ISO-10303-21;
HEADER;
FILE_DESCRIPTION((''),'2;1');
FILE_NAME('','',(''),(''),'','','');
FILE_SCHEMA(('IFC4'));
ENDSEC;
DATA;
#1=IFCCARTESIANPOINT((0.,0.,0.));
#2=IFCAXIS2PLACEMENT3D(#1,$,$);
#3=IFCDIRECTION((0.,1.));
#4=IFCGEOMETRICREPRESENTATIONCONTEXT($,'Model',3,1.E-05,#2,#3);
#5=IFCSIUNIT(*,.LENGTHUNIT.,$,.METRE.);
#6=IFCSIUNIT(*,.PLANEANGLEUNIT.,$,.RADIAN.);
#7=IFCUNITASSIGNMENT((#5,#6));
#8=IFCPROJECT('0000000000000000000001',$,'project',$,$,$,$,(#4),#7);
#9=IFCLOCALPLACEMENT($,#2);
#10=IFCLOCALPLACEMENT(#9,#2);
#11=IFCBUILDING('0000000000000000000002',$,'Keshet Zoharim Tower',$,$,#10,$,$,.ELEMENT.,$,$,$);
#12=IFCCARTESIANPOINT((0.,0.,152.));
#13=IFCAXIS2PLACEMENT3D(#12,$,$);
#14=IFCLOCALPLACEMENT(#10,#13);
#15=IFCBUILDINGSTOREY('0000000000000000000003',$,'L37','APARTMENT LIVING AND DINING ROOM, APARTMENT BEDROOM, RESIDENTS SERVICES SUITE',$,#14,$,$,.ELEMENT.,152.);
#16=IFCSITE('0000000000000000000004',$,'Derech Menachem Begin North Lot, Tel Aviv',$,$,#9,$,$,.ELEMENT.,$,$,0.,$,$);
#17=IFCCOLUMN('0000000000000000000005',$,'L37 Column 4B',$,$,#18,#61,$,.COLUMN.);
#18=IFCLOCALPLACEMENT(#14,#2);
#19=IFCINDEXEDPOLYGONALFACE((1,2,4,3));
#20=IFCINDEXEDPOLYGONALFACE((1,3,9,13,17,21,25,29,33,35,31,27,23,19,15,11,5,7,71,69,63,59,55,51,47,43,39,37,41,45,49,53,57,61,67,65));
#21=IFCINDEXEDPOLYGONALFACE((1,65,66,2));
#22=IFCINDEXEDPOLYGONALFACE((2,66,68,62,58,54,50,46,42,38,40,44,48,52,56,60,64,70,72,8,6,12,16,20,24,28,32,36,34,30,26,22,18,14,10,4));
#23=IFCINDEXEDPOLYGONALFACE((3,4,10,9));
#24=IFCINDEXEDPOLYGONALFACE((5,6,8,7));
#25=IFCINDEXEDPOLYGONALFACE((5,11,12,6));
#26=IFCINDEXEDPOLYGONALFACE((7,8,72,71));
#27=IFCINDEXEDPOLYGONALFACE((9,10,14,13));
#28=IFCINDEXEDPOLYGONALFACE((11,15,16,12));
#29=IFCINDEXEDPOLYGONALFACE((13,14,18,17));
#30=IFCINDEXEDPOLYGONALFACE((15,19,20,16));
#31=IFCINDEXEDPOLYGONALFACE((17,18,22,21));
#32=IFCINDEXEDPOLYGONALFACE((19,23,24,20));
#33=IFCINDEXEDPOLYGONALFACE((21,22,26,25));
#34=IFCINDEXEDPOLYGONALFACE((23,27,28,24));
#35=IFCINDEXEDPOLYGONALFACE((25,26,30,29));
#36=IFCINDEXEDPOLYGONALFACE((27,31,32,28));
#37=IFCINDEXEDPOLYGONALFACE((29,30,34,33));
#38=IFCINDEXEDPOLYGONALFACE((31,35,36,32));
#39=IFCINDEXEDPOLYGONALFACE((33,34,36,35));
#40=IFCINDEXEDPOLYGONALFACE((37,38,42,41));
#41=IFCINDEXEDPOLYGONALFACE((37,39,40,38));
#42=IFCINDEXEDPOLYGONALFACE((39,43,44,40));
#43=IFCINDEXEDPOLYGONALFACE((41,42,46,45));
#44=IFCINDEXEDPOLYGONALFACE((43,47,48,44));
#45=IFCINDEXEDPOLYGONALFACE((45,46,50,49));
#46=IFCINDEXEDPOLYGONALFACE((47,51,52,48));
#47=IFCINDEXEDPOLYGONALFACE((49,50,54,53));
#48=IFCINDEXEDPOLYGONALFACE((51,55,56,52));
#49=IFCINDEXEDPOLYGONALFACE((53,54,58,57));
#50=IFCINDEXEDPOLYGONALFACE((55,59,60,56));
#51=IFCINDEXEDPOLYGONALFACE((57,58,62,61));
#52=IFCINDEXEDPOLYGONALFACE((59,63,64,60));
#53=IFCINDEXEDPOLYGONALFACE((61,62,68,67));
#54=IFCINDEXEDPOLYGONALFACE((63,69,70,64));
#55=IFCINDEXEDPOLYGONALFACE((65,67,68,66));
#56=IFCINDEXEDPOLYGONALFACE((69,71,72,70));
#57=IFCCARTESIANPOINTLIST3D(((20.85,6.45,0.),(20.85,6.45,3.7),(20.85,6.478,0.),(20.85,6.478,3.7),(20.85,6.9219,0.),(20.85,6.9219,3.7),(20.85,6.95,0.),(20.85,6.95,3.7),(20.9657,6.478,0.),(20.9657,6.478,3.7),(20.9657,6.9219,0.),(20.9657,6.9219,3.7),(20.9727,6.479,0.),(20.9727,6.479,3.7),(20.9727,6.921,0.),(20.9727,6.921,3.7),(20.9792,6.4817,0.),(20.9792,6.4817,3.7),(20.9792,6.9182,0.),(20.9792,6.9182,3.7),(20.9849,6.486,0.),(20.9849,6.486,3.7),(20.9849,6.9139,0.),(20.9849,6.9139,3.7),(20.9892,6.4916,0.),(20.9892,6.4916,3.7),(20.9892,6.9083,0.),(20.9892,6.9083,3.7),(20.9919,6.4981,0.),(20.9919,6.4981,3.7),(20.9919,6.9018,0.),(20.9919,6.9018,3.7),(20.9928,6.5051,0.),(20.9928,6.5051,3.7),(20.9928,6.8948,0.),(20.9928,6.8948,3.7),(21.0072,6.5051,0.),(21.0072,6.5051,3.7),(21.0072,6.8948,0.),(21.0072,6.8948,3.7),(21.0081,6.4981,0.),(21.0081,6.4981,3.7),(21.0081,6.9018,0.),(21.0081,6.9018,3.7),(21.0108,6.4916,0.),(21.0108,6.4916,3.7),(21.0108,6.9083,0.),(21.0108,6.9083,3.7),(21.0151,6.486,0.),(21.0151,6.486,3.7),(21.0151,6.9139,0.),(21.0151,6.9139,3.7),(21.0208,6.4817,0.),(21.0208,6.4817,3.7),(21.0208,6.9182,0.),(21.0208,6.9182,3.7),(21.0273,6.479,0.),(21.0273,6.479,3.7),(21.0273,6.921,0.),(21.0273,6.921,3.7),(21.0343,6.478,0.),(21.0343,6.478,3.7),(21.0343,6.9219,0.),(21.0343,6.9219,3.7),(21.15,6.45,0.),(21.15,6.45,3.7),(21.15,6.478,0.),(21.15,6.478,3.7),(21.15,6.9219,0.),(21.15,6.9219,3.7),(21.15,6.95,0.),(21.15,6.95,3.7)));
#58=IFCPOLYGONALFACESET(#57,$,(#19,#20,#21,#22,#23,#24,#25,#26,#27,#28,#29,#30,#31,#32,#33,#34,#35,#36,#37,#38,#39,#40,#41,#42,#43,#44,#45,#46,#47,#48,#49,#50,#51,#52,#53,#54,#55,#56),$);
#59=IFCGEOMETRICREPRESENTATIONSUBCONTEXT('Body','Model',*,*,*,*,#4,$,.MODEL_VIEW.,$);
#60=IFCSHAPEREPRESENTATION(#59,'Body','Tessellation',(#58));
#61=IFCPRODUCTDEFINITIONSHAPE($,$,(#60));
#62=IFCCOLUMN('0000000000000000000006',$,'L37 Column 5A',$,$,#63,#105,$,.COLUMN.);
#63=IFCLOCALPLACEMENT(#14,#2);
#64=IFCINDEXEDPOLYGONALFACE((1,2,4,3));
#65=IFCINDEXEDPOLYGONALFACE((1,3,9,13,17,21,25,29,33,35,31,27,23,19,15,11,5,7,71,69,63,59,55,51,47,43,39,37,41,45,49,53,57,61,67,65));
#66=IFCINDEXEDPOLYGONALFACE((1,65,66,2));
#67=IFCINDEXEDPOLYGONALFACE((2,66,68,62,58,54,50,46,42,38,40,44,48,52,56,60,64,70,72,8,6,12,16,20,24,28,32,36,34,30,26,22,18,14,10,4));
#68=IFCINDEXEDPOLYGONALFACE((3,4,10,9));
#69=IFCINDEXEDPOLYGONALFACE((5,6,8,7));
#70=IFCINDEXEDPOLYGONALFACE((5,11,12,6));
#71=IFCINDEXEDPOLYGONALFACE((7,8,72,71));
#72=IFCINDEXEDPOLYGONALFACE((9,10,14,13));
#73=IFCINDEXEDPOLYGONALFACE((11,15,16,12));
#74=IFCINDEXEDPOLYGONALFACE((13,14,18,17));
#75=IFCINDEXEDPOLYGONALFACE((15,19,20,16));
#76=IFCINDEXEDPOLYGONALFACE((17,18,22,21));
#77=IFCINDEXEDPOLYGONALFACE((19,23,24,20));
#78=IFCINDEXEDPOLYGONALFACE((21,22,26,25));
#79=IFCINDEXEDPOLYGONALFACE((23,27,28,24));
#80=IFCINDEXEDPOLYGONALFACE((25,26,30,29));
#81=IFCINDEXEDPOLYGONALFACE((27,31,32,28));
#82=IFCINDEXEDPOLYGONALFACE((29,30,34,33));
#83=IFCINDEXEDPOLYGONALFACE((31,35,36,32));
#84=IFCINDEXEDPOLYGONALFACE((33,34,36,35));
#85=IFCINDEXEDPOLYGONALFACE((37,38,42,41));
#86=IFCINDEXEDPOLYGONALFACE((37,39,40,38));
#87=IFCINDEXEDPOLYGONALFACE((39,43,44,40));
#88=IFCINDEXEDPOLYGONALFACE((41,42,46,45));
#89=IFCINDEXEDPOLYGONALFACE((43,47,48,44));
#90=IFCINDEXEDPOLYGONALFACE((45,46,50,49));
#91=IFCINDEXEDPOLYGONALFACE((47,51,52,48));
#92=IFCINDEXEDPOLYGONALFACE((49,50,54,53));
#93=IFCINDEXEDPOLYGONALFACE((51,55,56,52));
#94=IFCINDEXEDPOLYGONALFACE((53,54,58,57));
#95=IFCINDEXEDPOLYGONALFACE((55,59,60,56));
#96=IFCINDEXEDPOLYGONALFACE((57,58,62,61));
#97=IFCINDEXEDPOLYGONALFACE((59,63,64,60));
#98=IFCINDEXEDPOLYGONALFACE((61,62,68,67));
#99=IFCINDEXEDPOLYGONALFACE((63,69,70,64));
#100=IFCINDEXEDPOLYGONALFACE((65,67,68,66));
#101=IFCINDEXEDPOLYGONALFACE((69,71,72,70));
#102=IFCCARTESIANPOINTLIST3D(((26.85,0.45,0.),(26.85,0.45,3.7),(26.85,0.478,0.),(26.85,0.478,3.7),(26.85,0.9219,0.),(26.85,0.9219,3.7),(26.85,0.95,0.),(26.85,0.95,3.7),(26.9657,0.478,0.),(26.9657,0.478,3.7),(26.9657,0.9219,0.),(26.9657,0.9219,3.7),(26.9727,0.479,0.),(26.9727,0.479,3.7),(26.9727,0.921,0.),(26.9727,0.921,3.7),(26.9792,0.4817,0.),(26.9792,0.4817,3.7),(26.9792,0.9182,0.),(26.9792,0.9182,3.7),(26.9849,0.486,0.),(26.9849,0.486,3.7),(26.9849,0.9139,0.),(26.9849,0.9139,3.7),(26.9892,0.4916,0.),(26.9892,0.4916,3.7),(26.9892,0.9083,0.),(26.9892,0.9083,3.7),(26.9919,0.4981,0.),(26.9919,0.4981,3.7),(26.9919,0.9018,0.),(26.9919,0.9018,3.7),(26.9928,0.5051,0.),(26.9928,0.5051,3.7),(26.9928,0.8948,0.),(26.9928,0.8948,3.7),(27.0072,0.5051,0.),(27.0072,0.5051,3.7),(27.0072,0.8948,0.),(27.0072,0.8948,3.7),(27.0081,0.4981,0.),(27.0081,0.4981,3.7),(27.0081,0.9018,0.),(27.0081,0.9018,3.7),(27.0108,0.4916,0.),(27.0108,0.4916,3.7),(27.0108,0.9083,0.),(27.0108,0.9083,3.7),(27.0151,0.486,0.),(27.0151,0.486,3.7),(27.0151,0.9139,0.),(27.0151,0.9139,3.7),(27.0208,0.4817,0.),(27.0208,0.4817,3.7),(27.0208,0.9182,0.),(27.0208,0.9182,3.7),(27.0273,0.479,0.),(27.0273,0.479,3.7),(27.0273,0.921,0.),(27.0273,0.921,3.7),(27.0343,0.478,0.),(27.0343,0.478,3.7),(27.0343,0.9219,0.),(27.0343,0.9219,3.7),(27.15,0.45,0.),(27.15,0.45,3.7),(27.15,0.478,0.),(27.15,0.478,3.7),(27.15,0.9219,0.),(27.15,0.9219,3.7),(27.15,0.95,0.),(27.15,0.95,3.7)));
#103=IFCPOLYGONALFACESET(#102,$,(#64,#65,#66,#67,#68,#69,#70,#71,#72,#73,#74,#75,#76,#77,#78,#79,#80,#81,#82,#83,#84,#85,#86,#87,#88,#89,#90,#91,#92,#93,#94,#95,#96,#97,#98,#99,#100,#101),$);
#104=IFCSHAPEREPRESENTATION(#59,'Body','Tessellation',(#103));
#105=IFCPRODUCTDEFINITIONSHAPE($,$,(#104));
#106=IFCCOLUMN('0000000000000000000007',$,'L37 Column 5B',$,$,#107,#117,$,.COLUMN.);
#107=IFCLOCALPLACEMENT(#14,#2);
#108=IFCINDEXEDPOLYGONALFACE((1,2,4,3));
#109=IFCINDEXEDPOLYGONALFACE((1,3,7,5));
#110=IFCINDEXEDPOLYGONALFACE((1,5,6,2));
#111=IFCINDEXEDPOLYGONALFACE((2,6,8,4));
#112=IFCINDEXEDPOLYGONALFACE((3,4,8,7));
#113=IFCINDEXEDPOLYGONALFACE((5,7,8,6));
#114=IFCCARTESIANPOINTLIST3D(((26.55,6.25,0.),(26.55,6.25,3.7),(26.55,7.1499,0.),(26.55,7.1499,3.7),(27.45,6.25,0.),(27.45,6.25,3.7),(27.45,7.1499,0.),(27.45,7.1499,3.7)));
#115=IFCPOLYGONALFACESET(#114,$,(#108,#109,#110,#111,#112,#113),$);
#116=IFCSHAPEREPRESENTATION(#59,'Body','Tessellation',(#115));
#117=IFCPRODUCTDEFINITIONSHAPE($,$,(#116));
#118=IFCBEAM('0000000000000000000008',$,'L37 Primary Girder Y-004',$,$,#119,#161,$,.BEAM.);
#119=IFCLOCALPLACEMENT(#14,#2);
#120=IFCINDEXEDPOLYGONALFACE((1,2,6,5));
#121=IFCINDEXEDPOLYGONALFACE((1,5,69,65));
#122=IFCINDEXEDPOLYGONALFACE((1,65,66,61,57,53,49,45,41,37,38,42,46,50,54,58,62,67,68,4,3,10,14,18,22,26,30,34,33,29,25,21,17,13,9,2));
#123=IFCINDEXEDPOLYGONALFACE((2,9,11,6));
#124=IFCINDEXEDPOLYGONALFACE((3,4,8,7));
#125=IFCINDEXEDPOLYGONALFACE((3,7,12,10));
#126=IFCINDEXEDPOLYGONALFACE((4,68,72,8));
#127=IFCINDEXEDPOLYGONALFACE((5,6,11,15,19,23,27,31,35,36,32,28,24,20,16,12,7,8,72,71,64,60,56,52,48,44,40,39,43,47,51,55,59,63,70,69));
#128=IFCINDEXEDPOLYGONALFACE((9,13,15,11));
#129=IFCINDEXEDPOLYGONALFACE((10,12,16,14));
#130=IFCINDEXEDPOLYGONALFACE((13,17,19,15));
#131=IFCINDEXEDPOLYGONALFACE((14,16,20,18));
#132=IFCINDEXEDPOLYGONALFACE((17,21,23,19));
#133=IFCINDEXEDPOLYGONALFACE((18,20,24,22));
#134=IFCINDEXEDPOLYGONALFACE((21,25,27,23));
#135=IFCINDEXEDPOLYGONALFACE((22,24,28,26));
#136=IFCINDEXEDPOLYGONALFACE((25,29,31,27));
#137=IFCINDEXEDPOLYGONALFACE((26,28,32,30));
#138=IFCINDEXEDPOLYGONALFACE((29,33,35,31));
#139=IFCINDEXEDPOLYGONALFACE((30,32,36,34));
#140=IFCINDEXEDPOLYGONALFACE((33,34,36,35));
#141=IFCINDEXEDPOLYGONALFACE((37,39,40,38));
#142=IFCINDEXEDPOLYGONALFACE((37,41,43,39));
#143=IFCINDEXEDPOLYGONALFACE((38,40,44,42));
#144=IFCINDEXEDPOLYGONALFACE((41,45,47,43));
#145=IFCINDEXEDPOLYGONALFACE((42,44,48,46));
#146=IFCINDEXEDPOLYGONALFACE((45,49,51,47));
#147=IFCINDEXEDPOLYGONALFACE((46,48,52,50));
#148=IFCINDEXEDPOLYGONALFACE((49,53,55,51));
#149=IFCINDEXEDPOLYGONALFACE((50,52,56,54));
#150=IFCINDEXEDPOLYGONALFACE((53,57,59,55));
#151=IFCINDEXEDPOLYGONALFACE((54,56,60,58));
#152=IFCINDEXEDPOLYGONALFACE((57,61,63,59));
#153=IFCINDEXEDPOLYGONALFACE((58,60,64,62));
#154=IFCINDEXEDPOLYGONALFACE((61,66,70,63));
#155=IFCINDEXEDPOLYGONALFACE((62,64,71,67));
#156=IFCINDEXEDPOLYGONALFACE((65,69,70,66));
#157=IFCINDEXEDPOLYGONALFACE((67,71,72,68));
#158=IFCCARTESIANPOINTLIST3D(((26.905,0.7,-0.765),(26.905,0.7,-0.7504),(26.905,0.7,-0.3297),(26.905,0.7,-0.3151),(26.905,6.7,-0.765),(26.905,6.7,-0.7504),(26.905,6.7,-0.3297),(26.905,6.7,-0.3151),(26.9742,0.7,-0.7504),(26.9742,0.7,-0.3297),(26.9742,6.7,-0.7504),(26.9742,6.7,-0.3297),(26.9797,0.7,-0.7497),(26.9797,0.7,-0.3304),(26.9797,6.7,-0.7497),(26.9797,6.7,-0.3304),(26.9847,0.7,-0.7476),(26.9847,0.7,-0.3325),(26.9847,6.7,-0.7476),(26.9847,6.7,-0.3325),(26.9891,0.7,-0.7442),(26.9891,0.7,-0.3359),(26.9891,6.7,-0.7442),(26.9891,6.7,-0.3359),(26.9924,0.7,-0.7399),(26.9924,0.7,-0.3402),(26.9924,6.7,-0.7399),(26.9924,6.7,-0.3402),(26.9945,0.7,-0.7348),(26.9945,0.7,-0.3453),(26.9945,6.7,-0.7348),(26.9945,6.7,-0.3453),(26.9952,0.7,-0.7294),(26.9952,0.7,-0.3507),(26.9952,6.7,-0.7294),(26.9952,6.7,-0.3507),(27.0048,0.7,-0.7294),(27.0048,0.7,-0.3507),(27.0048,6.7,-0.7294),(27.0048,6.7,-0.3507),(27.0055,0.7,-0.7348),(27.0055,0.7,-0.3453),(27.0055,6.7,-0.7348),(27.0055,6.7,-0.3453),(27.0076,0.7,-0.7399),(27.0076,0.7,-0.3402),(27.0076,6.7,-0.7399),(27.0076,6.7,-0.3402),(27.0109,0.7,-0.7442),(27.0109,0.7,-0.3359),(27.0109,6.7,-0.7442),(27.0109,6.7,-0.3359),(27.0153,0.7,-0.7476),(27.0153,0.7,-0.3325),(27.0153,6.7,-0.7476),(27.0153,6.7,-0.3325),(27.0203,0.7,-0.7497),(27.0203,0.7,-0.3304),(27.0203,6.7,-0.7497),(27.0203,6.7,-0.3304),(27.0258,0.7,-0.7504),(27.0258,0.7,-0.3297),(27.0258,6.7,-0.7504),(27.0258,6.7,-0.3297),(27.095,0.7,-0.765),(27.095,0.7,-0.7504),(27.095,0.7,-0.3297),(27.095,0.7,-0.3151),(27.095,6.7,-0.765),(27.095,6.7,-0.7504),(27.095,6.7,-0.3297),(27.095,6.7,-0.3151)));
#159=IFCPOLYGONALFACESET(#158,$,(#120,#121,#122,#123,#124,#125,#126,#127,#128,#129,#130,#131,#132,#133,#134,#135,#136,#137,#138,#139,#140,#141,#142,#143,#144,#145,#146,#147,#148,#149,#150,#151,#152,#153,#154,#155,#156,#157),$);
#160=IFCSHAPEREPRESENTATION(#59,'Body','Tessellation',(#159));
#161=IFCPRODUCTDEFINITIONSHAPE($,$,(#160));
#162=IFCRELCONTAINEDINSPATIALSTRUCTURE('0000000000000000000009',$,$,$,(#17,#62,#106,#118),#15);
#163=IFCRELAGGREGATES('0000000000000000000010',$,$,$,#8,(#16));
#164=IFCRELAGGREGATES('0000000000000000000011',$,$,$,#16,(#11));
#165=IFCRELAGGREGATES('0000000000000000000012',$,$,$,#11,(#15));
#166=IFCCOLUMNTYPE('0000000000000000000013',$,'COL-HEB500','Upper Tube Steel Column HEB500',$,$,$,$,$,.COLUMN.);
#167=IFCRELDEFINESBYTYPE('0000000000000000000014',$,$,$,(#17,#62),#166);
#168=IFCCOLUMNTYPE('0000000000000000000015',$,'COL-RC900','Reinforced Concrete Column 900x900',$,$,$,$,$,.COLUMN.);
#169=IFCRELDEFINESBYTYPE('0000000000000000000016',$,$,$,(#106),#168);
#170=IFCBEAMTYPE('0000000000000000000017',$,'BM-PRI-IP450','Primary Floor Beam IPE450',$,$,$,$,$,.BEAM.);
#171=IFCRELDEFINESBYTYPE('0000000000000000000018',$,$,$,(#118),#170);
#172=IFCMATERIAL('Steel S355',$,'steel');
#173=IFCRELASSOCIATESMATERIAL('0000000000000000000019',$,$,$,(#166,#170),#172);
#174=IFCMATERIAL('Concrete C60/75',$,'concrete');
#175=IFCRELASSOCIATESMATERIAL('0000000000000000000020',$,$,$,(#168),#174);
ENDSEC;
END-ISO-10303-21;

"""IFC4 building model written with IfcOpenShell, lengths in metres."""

from ifc_helpers import new_model, si_unit, direction, frame, origin, origin_2d, place, context, subcontext, project, spatial, rectangle, i_section, extrude, material, material_profile, profile_set, type_object, element, save


model = new_model("IFC4")

# Units and contexts
model_context = context("Model", 3, precision=1e-05, world=origin(), true_north=direction((0.0, 1.0)))
body_context = subcontext(model_context, "Body", "Model", "MODEL_VIEW")
ifc_project = project(units=[si_unit("LENGTHUNIT", "METRE"), si_unit("PLANEANGLEUNIT", "RADIAN")], contexts=[model_context])

# Site, building, storey
site_placement = place(None, origin())
site = spatial("IfcSite", under=ifc_project, at=site_placement, Name="Derech Menachem Begin North Lot, Tel Aviv", CompositionType="ELEMENT", RefElevation=0.0)
building_placement = place(site_placement, origin())
building = spatial("IfcBuilding", under=site, at=building_placement, Name="Keshet Zoharim Tower", CompositionType="ELEMENT")
storey_placement = place(building_placement, frame((0.0, 0.0, 152.0)))
storey = spatial("IfcBuildingStorey", under=building, at=storey_placement, Name="L37", Description="APARTMENT LIVING AND DINING ROOM, APARTMENT BEDROOM, RESIDENTS SERVICES SUITE", CompositionType="ELEMENT", Elevation=152.0)

# Columns
ifc_material_1 = material(Name="Steel S355", Category="steel")
ifc_material_profile_1 = material_profile(ifc_material_1, i_section(OverallWidth=0.3, OverallDepth=0.5, WebThickness=0.0144, FlangeThickness=0.0281, FilletRadius=0.0271, at=origin_2d()), Name="HEB500")
ifc_profile_set_1 = profile_set([ifc_material_profile_1], Name="Steel S355")
column_type_1 = type_object("IfcColumnType", Name="COL-HEB500", Description="Upper Tube Steel Column HEB500", PredefinedType="COLUMN", material=ifc_profile_set_1)
for number, where, z_axis, x_axis, name in (
    (1, (21.0, 6.7, 0.0), (0.0, 0.0, 1.0), (1.0, 0.0, 0.0), "L37 Column 4B"),
    (2, (27.0, 0.7, 0.0), (0.0, 0.0, 1.0), (1.0, 0.0, 0.0), "L37 Column 5A"),
):
    element("IfcColumn", number, at=place(storey_placement, frame(where, z_axis=z_axis, x_axis=x_axis)), inside=storey, type_object=column_type_1, Name=name, PredefinedType="COLUMN", context=body_context, shape_type="SweptSolid", body=[
        extrude(i_section(OverallWidth=0.3, OverallDepth=0.5, WebThickness=0.0144, FlangeThickness=0.0281, FilletRadius=0.0271, at=origin_2d()), origin(), (0.0, 0.0, 1.0), 3.7),
    ])
ifc_material_2 = material(Name="Concrete C60/75", Category="concrete")
ifc_material_profile_2 = material_profile(ifc_material_2, rectangle(XDim=0.8999, YDim=0.8999, at=origin_2d()), Name="RC900x900")
ifc_profile_set_2 = profile_set([ifc_material_profile_2], Name="Concrete C60/75")
column_type_2 = type_object("IfcColumnType", Name="COL-RC900", Description="Reinforced Concrete Column 900x900", PredefinedType="COLUMN", material=ifc_profile_set_2)
column_placement = place(storey_placement, frame((27.0, 6.7, 0.0), z_axis=(0.0, 0.0, 1.0), x_axis=(1.0, 0.0, 0.0)))
element("IfcColumn", 3, at=column_placement, inside=storey, type_object=column_type_2, Name="L37 Column 5B", PredefinedType="COLUMN", context=body_context, shape_type="SweptSolid", body=[
    extrude(rectangle(XDim=0.8999, YDim=0.8999, at=origin_2d()), origin(), (0.0, 0.0, 1.0), 3.7),
])

# Beam
ifc_material_profile_3 = material_profile(ifc_material_1, i_section(OverallWidth=0.1899, OverallDepth=0.45, WebThickness=0.0095, FlangeThickness=0.0146, FilletRadius=0.021, at=origin_2d()), Name="IPE450")
ifc_profile_set_3 = profile_set([ifc_material_profile_3], Name="Steel S355")
beam_type_1 = type_object("IfcBeamType", Name="BM-PRI-IP450", Description="Primary Floor Beam IPE450", PredefinedType="BEAM", material=ifc_profile_set_3)
beam_1_placement = place(storey_placement, frame((27.0, 0.7, -0.54), z_axis=(0.0, 1.0, 0.0), x_axis=(-1.0, 0.0, 0.0)))
element("IfcBeam", 4, at=beam_1_placement, inside=storey, type_object=beam_type_1, Name="L37 Primary Girder Y-004", PredefinedType="BEAM", context=body_context, shape_type="SweptSolid", body=[
    extrude(i_section(OverallWidth=0.1899, OverallDepth=0.45, WebThickness=0.0095, FlangeThickness=0.0146, FilletRadius=0.021, at=origin_2d()), origin(), (0.0, 0.0, 1.0), 6.0),
])

save(model, "model.ifc")
